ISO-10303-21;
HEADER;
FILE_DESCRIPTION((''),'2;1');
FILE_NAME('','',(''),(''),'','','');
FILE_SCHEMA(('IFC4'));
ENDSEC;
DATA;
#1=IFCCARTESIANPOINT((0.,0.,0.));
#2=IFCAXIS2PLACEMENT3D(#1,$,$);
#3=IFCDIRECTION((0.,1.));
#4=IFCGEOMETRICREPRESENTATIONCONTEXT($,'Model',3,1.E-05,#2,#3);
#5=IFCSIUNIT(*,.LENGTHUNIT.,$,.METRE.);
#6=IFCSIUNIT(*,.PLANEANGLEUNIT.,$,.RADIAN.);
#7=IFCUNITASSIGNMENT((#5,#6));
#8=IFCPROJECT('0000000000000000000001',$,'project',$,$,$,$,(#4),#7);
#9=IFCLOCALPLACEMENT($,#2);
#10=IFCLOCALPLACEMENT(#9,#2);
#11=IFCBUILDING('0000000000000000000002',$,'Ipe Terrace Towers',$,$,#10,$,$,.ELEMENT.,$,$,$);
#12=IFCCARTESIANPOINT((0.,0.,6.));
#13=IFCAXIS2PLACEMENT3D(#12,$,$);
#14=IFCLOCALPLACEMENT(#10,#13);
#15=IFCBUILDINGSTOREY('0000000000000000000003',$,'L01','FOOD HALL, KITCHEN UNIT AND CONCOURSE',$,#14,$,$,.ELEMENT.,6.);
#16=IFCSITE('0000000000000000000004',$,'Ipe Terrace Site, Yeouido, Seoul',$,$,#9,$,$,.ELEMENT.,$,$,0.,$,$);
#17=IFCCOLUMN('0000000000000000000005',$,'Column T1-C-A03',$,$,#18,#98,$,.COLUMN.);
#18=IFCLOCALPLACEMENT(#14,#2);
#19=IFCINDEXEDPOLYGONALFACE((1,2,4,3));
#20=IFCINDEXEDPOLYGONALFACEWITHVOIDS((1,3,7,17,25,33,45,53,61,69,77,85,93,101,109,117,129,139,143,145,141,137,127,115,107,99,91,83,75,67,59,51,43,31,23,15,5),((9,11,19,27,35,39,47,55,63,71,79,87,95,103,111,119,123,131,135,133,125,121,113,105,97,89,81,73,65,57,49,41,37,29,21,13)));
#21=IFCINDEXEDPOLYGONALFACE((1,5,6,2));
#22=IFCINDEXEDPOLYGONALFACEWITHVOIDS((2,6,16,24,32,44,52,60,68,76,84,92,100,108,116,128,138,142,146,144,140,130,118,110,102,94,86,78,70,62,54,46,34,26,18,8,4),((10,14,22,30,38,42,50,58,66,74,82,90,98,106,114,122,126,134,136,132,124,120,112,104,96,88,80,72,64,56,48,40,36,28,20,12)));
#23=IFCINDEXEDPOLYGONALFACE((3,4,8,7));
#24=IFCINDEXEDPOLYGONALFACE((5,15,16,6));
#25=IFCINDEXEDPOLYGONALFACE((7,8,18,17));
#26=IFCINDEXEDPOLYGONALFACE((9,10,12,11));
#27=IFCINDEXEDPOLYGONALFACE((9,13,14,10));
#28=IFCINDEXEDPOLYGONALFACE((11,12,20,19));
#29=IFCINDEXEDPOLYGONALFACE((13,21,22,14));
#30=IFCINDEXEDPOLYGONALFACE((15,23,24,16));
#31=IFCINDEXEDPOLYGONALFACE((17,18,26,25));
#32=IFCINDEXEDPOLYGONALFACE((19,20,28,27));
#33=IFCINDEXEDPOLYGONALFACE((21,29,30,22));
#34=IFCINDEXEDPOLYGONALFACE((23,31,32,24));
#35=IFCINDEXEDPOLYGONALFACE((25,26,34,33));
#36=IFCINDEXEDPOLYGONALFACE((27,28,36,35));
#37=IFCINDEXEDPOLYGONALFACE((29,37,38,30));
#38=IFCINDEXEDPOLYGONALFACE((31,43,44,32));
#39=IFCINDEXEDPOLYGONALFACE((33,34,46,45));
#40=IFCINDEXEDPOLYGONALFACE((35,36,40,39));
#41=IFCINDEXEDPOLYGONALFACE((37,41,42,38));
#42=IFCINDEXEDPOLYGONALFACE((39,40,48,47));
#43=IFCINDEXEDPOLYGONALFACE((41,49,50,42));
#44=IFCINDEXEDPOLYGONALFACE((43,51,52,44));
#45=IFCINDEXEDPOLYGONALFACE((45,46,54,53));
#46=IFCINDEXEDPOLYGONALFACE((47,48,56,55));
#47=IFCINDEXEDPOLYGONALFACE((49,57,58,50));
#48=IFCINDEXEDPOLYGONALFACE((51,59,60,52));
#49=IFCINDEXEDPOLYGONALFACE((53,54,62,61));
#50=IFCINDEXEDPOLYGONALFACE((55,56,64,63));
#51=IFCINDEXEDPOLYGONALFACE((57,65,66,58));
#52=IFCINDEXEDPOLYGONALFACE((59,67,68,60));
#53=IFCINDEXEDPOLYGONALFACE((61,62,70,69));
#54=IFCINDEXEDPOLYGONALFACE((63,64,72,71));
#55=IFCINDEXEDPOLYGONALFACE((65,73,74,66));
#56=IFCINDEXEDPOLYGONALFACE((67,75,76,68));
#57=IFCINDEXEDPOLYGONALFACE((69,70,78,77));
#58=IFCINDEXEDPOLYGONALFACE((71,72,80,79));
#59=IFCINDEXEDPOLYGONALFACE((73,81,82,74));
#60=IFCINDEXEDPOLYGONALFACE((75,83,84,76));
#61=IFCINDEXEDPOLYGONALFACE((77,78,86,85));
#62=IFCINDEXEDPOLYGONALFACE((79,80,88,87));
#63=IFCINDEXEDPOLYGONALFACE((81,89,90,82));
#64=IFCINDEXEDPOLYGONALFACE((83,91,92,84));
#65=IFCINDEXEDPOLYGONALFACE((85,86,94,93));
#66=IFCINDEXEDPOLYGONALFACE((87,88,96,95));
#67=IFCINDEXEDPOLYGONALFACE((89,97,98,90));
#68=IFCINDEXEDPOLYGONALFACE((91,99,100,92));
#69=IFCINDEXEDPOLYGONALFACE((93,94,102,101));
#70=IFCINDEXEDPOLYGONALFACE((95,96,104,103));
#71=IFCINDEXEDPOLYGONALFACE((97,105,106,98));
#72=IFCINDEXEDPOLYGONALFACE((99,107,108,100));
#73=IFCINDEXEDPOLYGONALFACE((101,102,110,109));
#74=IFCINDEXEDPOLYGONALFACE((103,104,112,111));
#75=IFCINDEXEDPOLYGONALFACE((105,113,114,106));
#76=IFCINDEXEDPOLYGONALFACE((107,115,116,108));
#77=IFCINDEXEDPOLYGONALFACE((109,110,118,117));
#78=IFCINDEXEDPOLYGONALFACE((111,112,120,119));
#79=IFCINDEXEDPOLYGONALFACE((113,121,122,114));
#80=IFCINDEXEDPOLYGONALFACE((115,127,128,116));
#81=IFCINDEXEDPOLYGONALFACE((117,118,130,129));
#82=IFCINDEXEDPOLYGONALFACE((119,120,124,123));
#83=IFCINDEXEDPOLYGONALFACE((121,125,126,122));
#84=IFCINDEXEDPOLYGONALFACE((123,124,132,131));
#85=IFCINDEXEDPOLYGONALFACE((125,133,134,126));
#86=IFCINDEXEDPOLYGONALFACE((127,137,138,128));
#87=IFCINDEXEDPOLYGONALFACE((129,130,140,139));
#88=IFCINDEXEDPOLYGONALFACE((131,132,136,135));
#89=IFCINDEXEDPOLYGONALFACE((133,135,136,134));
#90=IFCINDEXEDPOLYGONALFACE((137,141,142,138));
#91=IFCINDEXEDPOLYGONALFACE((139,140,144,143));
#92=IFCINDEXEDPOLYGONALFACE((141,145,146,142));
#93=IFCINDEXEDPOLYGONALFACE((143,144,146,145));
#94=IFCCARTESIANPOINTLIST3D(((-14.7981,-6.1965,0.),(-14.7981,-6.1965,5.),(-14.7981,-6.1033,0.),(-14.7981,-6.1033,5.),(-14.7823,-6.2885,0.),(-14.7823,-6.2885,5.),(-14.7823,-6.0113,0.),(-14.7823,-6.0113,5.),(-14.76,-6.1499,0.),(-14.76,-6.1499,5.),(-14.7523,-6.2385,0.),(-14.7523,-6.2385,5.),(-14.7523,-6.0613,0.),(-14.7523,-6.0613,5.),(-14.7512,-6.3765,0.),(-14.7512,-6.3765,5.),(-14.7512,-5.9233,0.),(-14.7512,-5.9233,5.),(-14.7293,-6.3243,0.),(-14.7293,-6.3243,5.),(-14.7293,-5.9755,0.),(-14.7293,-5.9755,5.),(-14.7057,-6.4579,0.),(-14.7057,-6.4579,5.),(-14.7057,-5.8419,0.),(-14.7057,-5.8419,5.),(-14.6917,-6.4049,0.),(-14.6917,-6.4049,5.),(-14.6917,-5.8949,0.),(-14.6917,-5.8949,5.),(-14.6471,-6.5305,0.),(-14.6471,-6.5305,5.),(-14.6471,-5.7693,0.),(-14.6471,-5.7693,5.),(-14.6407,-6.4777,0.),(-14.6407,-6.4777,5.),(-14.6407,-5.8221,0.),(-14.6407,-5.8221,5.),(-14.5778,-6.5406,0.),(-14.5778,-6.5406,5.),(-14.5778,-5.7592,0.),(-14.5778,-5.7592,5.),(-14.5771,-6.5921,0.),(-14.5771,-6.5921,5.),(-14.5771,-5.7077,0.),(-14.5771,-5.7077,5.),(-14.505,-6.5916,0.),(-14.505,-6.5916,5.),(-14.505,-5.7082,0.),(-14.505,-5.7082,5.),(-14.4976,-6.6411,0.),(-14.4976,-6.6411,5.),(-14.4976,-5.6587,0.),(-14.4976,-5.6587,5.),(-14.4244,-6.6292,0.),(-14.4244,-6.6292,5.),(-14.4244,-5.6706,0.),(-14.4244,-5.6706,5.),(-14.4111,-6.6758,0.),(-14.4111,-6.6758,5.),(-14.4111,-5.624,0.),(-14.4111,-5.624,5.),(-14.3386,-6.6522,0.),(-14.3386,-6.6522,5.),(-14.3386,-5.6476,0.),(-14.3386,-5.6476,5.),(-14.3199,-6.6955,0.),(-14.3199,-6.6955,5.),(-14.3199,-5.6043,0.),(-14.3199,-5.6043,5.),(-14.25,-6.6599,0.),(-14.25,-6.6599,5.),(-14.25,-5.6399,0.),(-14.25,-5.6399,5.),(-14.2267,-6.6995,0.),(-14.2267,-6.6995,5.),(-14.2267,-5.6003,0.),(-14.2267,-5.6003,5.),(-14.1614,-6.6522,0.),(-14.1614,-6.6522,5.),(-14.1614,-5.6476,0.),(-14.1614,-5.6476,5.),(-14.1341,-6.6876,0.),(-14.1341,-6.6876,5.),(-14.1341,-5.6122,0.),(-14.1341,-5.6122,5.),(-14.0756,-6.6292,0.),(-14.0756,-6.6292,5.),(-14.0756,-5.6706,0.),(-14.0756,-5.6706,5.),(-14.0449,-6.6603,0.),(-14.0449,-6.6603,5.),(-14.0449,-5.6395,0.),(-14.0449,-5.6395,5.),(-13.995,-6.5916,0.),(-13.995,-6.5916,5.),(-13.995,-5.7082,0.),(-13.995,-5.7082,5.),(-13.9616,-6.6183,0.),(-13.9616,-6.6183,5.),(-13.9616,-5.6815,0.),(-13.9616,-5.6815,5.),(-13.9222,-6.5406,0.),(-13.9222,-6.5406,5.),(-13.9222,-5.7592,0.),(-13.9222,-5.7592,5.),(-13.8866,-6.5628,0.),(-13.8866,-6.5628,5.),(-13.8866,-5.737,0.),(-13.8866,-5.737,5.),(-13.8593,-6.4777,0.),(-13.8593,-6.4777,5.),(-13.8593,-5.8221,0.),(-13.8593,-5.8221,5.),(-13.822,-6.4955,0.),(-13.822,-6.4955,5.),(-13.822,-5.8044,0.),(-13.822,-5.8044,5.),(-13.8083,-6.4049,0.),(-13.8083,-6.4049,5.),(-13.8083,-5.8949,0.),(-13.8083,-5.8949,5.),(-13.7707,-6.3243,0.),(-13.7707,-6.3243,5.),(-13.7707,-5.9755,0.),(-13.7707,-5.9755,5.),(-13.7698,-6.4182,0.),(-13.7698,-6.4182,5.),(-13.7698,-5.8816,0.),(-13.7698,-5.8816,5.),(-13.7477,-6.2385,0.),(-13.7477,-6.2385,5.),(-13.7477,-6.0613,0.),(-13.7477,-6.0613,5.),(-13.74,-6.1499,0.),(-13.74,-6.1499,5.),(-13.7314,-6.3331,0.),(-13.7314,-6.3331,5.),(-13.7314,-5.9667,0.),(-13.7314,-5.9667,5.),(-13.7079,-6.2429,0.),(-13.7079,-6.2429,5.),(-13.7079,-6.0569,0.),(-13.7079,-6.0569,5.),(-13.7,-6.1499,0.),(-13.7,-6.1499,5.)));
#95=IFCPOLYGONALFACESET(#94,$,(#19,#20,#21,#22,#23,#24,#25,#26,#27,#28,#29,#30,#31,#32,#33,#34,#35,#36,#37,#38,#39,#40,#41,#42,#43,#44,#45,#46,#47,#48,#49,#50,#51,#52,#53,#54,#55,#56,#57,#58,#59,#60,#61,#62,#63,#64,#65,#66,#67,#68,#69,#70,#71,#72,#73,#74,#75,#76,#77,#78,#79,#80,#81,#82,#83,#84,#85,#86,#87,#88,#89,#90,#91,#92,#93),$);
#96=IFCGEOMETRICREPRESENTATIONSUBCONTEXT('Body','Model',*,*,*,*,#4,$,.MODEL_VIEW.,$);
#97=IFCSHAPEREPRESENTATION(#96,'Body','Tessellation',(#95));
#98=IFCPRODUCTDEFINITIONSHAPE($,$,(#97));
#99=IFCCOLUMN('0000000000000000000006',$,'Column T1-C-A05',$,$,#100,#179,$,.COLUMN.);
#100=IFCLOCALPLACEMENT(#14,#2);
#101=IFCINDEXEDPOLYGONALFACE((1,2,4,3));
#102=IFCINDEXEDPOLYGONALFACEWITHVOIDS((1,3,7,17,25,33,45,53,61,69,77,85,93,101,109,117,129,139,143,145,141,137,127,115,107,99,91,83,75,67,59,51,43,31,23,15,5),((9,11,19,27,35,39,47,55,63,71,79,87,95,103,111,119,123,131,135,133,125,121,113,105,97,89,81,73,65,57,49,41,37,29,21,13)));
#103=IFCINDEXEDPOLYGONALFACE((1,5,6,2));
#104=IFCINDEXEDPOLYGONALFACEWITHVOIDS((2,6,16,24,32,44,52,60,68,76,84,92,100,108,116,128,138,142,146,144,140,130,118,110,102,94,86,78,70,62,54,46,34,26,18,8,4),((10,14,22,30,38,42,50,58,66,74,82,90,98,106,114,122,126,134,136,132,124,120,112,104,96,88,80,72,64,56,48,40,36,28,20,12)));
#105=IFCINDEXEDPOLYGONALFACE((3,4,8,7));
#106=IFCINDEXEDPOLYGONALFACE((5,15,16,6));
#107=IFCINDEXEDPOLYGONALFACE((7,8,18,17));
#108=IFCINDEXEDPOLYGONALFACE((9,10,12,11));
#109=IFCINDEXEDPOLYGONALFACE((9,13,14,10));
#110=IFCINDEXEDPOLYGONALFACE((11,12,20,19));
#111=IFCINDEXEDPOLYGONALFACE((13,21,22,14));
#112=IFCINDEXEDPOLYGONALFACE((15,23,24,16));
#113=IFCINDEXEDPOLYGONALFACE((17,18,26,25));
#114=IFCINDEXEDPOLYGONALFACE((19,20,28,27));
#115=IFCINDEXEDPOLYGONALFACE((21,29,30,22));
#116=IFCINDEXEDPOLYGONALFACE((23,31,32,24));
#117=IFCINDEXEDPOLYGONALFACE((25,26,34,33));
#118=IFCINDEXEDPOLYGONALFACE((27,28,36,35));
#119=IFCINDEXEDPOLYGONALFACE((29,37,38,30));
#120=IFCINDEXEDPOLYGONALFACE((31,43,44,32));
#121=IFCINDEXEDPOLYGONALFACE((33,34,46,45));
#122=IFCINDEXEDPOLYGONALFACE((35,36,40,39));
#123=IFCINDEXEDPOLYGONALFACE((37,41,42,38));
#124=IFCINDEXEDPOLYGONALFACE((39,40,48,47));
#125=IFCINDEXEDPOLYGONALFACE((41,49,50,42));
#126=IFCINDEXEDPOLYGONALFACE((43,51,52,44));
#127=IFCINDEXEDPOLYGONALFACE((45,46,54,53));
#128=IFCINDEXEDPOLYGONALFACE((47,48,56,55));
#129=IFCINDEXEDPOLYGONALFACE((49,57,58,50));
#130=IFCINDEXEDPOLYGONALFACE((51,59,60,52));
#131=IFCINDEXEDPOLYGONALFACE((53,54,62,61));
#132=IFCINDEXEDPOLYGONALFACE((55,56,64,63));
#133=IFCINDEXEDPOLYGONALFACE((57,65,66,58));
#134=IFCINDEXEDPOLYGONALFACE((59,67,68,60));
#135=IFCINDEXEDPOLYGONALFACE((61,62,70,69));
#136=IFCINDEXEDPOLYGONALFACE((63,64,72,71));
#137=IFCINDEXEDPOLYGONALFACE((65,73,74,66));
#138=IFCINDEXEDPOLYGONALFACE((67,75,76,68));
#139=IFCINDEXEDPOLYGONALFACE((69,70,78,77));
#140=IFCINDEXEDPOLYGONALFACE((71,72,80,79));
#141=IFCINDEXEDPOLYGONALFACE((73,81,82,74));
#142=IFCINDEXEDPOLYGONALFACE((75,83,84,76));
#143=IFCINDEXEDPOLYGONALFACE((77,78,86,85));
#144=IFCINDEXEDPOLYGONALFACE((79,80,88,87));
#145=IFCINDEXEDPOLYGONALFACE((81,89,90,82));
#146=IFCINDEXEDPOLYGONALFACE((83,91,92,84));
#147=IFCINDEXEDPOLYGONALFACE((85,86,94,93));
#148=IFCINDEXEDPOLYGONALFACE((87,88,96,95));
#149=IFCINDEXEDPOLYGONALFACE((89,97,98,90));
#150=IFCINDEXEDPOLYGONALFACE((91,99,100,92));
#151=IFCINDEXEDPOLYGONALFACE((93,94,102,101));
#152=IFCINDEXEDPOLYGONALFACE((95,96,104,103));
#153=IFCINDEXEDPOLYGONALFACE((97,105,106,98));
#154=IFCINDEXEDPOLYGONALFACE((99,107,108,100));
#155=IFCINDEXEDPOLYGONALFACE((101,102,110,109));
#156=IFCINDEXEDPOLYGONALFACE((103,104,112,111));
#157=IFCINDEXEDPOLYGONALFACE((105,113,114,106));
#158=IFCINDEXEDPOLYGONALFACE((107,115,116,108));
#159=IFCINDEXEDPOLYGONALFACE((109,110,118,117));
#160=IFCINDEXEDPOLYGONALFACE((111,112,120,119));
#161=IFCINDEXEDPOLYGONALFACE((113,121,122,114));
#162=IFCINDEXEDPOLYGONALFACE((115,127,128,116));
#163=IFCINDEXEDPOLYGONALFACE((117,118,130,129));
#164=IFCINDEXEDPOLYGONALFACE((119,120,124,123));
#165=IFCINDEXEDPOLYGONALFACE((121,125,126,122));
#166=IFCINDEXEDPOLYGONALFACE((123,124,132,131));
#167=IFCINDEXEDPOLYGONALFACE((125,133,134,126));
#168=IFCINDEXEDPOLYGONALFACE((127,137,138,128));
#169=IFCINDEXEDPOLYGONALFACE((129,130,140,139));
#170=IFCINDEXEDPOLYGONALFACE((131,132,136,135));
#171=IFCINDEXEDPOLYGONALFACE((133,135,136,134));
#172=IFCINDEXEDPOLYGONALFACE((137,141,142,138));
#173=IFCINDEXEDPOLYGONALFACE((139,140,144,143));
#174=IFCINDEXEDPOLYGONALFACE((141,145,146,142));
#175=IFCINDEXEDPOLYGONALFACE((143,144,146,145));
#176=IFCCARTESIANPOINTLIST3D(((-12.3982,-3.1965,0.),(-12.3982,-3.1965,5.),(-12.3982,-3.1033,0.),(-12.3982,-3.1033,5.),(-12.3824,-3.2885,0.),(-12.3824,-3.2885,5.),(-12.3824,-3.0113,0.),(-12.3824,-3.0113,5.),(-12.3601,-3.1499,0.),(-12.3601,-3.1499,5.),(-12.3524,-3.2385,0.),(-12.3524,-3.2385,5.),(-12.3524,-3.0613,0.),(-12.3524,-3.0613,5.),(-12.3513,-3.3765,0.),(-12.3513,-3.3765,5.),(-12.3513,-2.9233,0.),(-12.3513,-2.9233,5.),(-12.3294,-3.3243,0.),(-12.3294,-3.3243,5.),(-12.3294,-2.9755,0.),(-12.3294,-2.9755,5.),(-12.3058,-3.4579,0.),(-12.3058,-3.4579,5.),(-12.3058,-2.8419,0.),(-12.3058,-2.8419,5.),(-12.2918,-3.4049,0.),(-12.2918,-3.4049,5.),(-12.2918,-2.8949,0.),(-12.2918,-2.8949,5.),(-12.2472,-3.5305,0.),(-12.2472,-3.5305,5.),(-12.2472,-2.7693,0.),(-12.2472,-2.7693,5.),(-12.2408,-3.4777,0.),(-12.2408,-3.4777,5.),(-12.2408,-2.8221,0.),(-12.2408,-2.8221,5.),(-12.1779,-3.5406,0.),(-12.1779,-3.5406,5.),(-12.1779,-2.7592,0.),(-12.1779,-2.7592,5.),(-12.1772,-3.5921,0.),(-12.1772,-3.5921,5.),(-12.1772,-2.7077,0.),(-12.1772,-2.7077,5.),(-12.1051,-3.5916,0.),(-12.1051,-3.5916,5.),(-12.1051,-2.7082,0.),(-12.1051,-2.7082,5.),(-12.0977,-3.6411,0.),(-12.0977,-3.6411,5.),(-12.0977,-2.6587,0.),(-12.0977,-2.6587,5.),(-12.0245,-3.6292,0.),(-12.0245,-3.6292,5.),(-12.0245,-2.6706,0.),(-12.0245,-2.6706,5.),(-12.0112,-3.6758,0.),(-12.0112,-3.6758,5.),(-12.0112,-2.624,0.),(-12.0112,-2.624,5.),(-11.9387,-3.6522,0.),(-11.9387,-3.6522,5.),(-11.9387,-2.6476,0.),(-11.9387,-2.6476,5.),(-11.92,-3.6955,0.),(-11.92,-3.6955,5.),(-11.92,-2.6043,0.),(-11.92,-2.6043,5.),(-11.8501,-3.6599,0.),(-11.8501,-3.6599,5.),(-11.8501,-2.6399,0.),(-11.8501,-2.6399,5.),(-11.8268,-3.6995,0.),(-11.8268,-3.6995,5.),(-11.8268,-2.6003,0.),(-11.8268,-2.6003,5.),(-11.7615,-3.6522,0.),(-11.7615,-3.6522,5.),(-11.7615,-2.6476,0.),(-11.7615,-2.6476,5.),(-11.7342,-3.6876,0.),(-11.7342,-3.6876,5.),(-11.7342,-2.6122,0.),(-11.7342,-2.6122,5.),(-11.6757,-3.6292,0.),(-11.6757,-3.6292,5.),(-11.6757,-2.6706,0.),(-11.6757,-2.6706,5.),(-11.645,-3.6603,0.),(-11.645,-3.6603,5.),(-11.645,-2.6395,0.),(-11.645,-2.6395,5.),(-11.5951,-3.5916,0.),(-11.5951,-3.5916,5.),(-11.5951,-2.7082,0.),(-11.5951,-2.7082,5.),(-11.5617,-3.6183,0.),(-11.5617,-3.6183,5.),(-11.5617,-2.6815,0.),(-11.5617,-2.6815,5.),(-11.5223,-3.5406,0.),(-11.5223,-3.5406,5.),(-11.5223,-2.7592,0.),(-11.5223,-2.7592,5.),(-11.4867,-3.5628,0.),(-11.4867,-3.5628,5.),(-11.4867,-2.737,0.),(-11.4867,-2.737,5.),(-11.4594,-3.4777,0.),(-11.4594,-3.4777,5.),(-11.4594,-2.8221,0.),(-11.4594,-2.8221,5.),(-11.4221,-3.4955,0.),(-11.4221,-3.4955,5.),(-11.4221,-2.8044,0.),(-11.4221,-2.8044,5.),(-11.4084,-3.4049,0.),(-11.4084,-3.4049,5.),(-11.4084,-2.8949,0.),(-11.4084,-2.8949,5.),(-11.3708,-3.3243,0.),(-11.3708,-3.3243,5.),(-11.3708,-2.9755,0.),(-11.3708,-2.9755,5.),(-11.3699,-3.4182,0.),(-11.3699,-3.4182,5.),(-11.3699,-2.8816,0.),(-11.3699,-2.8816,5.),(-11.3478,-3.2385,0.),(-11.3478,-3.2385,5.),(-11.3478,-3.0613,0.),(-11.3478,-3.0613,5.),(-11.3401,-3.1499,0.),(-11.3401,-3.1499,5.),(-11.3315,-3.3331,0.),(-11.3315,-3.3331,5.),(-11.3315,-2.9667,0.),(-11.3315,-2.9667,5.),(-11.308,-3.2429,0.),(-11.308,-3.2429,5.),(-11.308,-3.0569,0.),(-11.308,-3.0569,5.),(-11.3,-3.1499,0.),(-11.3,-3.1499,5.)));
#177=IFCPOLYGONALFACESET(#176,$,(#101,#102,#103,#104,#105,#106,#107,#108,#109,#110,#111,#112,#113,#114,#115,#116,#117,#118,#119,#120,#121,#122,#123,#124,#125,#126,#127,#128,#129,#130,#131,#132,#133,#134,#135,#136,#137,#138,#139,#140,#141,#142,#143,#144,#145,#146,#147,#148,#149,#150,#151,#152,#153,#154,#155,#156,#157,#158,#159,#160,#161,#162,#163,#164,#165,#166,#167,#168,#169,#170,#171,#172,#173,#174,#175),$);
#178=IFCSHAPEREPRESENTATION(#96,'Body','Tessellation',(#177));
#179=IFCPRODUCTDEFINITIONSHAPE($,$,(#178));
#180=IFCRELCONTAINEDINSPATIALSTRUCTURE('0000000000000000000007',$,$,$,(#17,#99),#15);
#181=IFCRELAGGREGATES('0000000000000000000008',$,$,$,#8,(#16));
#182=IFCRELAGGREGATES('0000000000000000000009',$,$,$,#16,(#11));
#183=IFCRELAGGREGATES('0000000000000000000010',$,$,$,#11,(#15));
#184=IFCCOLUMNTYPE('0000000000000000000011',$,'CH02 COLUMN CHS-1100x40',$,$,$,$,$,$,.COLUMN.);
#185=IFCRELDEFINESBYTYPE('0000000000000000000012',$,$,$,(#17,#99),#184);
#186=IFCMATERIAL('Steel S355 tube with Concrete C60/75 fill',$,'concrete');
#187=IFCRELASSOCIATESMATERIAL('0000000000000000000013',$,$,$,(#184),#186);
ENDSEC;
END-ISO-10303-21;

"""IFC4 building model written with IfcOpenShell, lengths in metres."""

from ifc_helpers import new_model, si_unit, direction, frame, origin, origin_2d, place, context, subcontext, project, spatial, hollow_circle, extrude, material, material_profile, profile_set, type_object, element, save


model = new_model("IFC4")

# Units and contexts
model_context = context("Model", 3, precision=1e-05, world=origin(), true_north=direction((0.0, 1.0)))
body_context = subcontext(model_context, "Body", "Model", "MODEL_VIEW")
ifc_project = project(units=[si_unit("LENGTHUNIT", "METRE"), si_unit("PLANEANGLEUNIT", "RADIAN")], contexts=[model_context])

# Site, building, storey
site_placement = place(None, origin())
site = spatial("IfcSite", under=ifc_project, at=site_placement, Name="Ipe Terrace Site, Yeouido, Seoul", CompositionType="ELEMENT", RefElevation=0.0)
building_placement = place(site_placement, origin())
building = spatial("IfcBuilding", under=site, at=building_placement, Name="Ipe Terrace Towers", CompositionType="ELEMENT")
storey_placement = place(building_placement, frame((0.0, 0.0, 6.0)))
storey = spatial("IfcBuildingStorey", under=building, at=storey_placement, Name="L01", Description="FOOD HALL, KITCHEN UNIT AND CONCOURSE", CompositionType="ELEMENT", Elevation=6.0)

# Columns
ifc_material_1 = material(Name="Steel S355 tube with Concrete C60/75 fill", Category="concrete")
ifc_material_profile_1 = material_profile(ifc_material_1, hollow_circle(Radius=0.55, WallThickness=0.04, at=origin_2d()), Name="CHS-1100x40")
ifc_profile_set_1 = profile_set([ifc_material_profile_1], Name="Steel S355 tube with Concrete C60/75 fill")
column_type_1 = type_object("IfcColumnType", Name="CH02 COLUMN CHS-1100x40", PredefinedType="COLUMN", material=ifc_profile_set_1)
for number, where, z_axis, x_axis, name in (
    (1, (-14.25, -6.1499, 0.0), (0.0, 0.0, 1.0), (1.0, 0.0, 0.0), "Column T1-C-A03"),
    (2, (-11.8501, -3.1499, 0.0), (0.0, 0.0, 1.0), (1.0, 0.0, 0.0), "Column T1-C-A05"),
):
    element("IfcColumn", number, at=place(storey_placement, frame(where, z_axis=z_axis, x_axis=x_axis)), inside=storey, type_object=column_type_1, Name=name, PredefinedType="COLUMN", context=body_context, shape_type="SweptSolid", body=[
        extrude(hollow_circle(Radius=0.55, WallThickness=0.04, at=origin_2d()), origin(), (0.0, 0.0, 1.0), 5.0),
    ])

save(model, "model.ifc")
